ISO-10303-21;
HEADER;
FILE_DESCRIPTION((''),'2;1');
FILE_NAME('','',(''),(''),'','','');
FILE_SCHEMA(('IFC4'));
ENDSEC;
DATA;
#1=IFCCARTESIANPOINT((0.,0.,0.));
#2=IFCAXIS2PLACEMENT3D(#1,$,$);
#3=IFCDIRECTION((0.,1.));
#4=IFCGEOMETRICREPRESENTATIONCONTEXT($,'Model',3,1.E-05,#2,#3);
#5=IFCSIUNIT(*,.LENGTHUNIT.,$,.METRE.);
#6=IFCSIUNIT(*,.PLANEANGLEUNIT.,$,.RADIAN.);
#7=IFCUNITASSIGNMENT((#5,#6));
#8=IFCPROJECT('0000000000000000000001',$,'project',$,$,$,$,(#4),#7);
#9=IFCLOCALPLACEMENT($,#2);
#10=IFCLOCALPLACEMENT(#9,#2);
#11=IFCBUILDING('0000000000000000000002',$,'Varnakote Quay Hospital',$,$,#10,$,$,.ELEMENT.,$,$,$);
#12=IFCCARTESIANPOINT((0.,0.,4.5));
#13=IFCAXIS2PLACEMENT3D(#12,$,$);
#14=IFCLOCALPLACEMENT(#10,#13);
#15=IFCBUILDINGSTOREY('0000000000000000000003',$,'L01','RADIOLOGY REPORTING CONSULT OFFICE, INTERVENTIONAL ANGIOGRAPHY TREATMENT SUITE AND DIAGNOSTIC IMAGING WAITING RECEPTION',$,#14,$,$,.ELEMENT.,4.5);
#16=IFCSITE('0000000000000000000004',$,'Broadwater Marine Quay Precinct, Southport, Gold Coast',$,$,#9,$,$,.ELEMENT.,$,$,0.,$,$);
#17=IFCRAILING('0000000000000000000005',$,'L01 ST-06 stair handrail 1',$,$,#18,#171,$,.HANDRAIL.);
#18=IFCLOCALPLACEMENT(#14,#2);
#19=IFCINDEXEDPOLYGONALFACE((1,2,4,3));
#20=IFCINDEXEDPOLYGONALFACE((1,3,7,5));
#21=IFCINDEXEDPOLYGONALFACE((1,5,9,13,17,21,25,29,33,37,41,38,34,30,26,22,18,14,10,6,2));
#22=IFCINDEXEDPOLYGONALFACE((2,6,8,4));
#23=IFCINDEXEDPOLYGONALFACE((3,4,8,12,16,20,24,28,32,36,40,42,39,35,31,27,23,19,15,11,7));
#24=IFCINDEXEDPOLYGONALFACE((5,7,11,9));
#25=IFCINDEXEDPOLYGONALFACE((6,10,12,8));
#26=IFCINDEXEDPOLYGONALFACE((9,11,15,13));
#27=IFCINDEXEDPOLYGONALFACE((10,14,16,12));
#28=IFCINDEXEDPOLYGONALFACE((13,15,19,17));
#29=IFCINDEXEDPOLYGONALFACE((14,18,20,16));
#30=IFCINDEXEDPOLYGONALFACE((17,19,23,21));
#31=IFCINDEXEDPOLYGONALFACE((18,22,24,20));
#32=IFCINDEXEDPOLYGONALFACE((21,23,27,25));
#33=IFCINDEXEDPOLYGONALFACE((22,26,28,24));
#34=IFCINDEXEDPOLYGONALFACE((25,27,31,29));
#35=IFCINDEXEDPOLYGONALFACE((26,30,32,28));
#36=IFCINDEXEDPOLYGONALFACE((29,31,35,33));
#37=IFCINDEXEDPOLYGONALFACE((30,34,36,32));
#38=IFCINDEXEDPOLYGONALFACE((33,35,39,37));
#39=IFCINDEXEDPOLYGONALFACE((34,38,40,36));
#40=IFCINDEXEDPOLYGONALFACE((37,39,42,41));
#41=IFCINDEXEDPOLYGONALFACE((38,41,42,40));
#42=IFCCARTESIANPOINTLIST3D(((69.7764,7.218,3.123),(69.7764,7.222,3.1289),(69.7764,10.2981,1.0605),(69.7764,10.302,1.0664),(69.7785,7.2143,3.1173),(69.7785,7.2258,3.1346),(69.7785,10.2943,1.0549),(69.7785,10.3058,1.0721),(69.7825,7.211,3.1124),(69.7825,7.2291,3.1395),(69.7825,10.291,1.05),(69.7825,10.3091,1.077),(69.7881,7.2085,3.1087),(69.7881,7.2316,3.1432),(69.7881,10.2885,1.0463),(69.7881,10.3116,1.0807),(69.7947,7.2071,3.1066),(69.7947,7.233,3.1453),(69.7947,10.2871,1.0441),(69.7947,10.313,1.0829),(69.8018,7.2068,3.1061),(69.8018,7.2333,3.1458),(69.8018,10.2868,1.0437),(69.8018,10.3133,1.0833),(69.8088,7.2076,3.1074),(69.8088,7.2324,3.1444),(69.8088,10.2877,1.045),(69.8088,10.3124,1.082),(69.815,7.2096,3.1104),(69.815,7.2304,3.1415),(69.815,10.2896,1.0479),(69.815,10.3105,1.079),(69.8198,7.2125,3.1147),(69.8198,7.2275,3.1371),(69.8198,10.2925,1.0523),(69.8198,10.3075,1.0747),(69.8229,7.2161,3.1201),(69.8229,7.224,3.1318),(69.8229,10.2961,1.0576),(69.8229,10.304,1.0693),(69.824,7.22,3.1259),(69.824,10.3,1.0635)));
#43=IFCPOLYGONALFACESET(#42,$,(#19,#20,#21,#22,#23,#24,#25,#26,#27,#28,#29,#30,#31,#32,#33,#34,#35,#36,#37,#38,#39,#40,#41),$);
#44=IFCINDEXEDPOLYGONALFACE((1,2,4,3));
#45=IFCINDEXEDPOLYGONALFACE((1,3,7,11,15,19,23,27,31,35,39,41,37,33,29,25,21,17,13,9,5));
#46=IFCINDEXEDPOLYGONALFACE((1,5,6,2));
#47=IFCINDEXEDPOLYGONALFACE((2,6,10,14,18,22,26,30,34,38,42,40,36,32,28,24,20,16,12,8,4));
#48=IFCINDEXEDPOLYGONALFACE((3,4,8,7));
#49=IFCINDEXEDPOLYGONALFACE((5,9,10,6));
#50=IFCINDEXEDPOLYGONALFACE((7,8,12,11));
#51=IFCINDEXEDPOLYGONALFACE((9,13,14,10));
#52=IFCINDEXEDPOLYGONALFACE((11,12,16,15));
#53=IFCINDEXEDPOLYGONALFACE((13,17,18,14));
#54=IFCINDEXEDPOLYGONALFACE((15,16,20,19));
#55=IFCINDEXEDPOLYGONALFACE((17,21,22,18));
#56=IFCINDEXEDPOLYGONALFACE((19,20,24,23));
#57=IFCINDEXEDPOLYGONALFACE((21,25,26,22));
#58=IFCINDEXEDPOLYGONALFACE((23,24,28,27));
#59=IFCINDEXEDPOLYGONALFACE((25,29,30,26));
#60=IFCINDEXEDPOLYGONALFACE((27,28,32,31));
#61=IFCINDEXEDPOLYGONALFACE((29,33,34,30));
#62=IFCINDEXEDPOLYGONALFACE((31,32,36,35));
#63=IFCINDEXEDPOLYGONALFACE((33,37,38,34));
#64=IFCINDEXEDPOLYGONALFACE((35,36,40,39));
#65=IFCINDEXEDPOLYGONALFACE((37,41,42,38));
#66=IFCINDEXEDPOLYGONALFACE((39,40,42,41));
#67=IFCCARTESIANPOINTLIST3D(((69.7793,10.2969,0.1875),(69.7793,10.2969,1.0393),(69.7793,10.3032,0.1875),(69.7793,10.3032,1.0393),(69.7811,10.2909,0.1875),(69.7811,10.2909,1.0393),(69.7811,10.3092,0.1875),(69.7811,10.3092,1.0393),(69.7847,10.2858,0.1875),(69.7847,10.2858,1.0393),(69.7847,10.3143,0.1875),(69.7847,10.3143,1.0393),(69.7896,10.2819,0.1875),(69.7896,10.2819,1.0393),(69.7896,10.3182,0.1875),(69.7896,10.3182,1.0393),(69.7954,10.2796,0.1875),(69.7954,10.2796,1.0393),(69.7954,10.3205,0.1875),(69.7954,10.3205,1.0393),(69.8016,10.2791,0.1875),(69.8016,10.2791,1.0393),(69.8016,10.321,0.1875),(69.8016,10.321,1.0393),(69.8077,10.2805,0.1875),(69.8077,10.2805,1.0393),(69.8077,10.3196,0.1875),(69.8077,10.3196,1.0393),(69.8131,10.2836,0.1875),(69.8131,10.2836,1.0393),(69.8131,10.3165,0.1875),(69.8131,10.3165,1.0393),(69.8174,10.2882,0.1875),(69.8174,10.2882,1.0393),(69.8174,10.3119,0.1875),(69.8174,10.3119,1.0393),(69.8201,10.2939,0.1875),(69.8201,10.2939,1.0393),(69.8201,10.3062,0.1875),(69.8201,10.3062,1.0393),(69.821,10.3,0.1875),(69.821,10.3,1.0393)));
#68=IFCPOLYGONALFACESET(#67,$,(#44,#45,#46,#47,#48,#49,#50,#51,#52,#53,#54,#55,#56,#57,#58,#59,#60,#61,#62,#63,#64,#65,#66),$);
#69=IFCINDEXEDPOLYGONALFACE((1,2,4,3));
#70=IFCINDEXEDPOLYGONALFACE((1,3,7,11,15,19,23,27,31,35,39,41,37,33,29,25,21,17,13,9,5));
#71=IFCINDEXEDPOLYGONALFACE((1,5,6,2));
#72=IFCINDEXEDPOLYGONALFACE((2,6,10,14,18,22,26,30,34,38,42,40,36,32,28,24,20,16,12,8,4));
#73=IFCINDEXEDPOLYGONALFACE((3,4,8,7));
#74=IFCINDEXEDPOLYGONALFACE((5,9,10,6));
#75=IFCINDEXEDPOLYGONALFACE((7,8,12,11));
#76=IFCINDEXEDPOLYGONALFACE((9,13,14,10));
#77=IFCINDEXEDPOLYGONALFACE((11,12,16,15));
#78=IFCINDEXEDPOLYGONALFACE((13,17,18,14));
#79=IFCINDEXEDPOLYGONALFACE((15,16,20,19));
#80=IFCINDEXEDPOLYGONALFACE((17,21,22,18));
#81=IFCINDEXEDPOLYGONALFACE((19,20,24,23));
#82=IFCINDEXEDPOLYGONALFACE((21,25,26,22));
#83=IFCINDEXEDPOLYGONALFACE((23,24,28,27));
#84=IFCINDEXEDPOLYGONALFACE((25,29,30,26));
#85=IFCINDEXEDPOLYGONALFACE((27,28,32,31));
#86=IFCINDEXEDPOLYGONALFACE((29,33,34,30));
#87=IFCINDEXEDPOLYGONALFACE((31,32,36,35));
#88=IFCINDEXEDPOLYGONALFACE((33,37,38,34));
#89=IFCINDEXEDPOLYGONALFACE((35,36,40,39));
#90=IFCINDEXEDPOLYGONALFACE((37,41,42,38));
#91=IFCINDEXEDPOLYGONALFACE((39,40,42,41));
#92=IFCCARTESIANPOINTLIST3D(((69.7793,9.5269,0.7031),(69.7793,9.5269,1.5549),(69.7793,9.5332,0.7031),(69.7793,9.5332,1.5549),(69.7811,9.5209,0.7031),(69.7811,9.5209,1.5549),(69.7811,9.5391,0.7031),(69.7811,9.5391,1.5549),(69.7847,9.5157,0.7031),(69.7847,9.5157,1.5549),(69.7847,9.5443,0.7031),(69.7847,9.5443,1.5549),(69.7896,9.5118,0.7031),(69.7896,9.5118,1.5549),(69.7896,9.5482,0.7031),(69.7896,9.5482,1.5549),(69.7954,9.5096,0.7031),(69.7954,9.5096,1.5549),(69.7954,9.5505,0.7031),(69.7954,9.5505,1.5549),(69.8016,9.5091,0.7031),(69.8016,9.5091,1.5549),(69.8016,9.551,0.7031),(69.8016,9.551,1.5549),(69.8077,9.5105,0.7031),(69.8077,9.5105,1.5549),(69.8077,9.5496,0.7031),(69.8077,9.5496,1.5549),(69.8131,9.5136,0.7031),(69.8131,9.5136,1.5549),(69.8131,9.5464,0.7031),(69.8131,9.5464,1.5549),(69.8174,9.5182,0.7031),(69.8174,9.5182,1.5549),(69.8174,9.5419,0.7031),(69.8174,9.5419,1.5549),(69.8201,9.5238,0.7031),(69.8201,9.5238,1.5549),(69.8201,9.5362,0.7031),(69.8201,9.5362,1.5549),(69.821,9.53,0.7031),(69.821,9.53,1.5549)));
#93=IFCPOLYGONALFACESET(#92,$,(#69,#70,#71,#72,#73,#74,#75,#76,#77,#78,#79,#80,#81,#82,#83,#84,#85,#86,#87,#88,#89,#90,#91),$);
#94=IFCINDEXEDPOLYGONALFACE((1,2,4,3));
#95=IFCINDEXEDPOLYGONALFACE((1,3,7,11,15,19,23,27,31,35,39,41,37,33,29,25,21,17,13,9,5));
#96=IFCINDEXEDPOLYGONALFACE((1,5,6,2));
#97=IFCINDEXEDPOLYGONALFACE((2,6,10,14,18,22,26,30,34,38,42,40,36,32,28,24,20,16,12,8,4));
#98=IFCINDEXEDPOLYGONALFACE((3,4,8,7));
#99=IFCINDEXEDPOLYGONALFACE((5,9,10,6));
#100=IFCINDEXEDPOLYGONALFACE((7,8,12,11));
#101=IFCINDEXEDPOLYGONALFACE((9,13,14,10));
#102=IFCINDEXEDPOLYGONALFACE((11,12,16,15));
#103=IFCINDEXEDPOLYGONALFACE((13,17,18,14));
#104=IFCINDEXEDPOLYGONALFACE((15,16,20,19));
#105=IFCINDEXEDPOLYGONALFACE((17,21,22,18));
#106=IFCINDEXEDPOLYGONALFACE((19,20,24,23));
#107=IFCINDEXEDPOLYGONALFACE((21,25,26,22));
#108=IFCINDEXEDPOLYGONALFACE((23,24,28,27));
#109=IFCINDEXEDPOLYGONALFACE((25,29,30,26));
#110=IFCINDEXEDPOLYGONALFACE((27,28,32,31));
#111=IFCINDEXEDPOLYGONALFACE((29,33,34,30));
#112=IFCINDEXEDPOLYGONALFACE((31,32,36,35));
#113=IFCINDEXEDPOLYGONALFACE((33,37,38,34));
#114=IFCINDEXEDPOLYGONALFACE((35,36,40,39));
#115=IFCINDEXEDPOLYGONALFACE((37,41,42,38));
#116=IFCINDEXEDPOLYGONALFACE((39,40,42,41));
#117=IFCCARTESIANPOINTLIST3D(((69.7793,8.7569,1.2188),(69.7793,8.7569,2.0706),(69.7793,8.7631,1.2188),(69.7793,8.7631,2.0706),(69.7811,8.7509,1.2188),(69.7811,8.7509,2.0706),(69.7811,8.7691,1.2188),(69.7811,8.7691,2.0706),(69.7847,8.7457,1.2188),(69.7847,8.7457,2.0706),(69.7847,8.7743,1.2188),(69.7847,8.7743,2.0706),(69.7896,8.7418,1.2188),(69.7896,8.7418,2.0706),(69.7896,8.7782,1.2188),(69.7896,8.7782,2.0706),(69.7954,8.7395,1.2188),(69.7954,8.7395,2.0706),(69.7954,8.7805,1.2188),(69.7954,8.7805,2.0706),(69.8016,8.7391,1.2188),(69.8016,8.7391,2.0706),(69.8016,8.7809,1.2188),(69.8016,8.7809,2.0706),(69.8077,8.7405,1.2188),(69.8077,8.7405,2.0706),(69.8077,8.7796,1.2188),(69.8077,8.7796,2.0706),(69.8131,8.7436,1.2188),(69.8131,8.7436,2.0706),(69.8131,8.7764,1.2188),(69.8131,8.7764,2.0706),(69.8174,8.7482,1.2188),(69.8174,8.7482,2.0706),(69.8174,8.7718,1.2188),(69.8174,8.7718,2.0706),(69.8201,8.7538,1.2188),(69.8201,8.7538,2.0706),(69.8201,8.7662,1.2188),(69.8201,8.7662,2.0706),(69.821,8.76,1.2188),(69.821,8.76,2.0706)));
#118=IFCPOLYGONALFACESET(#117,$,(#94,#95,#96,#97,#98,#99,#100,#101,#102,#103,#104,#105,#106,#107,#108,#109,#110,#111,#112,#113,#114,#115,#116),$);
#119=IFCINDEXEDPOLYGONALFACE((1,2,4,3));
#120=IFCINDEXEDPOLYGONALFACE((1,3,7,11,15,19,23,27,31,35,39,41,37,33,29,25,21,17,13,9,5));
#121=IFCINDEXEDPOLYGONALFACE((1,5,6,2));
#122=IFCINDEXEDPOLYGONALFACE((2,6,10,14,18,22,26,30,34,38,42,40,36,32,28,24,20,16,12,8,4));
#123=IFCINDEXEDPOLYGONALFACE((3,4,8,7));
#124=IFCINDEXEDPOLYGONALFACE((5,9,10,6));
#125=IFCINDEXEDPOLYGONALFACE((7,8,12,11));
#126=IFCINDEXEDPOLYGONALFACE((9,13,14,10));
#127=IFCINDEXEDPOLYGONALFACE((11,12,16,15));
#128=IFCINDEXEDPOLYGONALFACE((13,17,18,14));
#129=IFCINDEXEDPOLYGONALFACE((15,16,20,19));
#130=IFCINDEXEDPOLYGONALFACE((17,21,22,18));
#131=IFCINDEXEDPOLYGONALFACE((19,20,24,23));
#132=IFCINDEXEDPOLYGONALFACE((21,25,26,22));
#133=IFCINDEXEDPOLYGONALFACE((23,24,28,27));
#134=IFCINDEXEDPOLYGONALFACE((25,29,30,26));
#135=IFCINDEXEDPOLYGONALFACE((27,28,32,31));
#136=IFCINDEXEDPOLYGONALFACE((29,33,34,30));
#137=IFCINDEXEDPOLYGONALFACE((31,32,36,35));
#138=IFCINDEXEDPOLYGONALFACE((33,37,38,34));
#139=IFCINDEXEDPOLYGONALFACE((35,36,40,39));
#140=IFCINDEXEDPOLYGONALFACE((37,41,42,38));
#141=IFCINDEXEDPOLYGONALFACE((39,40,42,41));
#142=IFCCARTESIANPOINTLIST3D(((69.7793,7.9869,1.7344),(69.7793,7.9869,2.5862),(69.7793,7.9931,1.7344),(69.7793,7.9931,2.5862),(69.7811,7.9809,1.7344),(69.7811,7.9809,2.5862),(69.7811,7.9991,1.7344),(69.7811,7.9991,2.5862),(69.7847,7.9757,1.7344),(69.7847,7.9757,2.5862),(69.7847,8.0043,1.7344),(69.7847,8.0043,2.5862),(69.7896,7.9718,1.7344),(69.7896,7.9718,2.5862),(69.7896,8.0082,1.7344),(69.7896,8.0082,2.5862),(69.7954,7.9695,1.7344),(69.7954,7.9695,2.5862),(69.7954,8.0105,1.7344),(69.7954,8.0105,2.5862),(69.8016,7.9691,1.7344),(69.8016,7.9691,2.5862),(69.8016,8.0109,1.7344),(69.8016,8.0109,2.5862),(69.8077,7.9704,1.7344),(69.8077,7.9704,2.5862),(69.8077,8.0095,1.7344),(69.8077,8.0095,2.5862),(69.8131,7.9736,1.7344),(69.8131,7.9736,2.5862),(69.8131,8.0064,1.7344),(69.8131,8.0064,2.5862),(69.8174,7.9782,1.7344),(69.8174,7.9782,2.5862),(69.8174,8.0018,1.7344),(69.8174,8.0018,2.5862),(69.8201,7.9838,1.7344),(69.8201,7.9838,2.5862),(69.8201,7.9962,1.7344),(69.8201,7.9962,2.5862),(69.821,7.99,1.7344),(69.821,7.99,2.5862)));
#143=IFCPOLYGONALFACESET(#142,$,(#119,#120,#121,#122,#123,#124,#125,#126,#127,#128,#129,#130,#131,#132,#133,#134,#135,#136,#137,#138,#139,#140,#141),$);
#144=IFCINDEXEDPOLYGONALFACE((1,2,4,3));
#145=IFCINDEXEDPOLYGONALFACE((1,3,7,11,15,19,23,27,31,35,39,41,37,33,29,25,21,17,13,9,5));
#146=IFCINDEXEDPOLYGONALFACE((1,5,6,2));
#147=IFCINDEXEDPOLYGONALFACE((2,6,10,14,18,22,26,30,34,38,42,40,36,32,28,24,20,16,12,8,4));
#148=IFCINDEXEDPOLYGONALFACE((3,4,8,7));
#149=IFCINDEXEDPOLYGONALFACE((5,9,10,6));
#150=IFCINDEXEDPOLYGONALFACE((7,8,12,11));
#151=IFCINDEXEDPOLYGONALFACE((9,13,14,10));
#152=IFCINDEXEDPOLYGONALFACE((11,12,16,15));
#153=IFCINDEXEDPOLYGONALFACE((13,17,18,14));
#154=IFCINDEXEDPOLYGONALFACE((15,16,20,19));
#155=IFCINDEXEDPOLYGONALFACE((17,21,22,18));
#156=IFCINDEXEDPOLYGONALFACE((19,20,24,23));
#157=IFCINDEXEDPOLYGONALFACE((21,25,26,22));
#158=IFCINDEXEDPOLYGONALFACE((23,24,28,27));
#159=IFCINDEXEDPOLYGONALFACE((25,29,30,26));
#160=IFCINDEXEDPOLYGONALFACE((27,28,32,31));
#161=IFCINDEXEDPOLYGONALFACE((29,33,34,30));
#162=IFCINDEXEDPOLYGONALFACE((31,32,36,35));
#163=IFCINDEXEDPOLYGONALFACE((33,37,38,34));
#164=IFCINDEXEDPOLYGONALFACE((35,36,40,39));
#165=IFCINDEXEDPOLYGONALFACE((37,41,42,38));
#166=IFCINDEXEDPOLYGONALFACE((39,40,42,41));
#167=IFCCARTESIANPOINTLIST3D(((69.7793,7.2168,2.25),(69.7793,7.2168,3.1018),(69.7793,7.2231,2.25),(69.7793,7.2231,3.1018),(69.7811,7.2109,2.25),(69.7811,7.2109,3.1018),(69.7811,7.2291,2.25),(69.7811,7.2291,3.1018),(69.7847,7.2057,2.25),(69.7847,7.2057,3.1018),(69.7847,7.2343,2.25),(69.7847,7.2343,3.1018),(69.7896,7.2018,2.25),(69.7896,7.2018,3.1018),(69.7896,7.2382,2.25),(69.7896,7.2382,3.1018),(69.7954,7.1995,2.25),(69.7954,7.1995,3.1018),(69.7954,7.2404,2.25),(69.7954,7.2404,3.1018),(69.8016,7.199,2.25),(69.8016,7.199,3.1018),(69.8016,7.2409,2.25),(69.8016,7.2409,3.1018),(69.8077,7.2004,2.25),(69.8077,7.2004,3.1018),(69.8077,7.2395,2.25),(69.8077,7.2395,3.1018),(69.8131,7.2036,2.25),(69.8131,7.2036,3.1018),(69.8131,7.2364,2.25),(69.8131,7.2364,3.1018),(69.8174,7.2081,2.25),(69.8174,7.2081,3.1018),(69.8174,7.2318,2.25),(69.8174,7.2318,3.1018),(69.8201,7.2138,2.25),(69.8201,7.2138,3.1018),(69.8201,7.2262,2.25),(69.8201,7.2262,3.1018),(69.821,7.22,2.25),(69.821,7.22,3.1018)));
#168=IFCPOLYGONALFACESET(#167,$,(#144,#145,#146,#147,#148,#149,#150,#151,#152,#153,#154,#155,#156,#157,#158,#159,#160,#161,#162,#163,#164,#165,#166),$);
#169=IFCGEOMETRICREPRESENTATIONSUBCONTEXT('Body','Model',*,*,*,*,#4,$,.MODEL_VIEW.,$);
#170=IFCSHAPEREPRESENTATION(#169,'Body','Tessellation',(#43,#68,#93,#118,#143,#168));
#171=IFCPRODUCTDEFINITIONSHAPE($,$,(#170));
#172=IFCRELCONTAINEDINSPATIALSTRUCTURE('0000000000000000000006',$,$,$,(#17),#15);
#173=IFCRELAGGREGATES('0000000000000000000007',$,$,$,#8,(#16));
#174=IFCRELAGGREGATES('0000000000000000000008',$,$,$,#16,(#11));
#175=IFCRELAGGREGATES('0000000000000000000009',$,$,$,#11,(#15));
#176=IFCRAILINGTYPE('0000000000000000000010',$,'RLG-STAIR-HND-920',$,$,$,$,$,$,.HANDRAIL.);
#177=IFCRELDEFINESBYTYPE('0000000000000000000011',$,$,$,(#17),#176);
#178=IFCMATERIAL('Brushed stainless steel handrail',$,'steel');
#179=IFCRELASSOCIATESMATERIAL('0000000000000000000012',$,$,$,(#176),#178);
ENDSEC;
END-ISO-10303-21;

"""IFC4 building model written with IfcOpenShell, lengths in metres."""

from ifc_helpers import new_model, si_unit, direction, frame, origin, origin_2d, place, context, subcontext, project, spatial, circle, extrude, material, type_object, element, save


model = new_model("IFC4")

# Units and contexts
model_context = context("Model", 3, precision=1e-05, world=origin(), true_north=direction((0.0, 1.0)))
body_context = subcontext(model_context, "Body", "Model", "MODEL_VIEW")
ifc_project = project(units=[si_unit("LENGTHUNIT", "METRE"), si_unit("PLANEANGLEUNIT", "RADIAN")], contexts=[model_context])

# Site, building, storey
site_placement = place(None, origin())
site = spatial("IfcSite", under=ifc_project, at=site_placement, Name="Broadwater Marine Quay Precinct, Southport, Gold Coast", CompositionType="ELEMENT", RefElevation=0.0)
building_placement = place(site_placement, origin())
building = spatial("IfcBuilding", under=site, at=building_placement, Name="Varnakote Quay Hospital", CompositionType="ELEMENT")
storey_placement = place(building_placement, frame((0.0, 0.0, 4.5)))
storey = spatial("IfcBuildingStorey", under=building, at=storey_placement, Name="L01", Description="RADIOLOGY REPORTING CONSULT OFFICE, INTERVENTIONAL ANGIOGRAPHY TREATMENT SUITE AND DIAGNOSTIC IMAGING WAITING RECEPTION", CompositionType="ELEMENT", Elevation=4.5)

# Railing
ifc_material_1 = material(Name="Brushed stainless steel handrail", Category="steel")
railing_type_1 = type_object("IfcRailingType", Name="RLG-STAIR-HND-920", PredefinedType="HANDRAIL", material=ifc_material_1)
railing_1_placement = place(storey_placement, frame((69.8, 10.3, 0.1875)))
element("IfcRailing", 1, at=railing_1_placement, inside=storey, type_object=railing_type_1, Name="L01 ST-06 stair handrail 1", PredefinedType="HANDRAIL", context=body_context, shape_type="SweptSolid", body=[
    extrude(circle(Radius=0.0239, at=origin_2d()), frame((0.0, 0.0, 0.876), z_axis=(0.0, -0.830914, 0.556401), x_axis=(1.0, 0.0, 0.0)), (0.0, 0.0, 1.0), 3.7068),
    extrude(circle(Radius=0.021, at=origin_2d()), origin(), (0.0, 0.0, 1.0), 0.8518),
    extrude(circle(Radius=0.021, at=origin_2d()), frame((0.0, -0.77, 0.5156)), (0.0, 0.0, 1.0), 0.8518),
    extrude(circle(Radius=0.021, at=origin_2d()), frame((0.0, -1.54, 1.0312)), (0.0, 0.0, 1.0), 0.8518),
    extrude(circle(Radius=0.021, at=origin_2d()), frame((0.0, -2.3101, 1.5469)), (0.0, 0.0, 1.0), 0.8518),
    extrude(circle(Radius=0.021, at=origin_2d()), frame((0.0, -3.0801, 2.0625)), (0.0, 0.0, 1.0), 0.8518),
])

save(model, "model.ifc")
